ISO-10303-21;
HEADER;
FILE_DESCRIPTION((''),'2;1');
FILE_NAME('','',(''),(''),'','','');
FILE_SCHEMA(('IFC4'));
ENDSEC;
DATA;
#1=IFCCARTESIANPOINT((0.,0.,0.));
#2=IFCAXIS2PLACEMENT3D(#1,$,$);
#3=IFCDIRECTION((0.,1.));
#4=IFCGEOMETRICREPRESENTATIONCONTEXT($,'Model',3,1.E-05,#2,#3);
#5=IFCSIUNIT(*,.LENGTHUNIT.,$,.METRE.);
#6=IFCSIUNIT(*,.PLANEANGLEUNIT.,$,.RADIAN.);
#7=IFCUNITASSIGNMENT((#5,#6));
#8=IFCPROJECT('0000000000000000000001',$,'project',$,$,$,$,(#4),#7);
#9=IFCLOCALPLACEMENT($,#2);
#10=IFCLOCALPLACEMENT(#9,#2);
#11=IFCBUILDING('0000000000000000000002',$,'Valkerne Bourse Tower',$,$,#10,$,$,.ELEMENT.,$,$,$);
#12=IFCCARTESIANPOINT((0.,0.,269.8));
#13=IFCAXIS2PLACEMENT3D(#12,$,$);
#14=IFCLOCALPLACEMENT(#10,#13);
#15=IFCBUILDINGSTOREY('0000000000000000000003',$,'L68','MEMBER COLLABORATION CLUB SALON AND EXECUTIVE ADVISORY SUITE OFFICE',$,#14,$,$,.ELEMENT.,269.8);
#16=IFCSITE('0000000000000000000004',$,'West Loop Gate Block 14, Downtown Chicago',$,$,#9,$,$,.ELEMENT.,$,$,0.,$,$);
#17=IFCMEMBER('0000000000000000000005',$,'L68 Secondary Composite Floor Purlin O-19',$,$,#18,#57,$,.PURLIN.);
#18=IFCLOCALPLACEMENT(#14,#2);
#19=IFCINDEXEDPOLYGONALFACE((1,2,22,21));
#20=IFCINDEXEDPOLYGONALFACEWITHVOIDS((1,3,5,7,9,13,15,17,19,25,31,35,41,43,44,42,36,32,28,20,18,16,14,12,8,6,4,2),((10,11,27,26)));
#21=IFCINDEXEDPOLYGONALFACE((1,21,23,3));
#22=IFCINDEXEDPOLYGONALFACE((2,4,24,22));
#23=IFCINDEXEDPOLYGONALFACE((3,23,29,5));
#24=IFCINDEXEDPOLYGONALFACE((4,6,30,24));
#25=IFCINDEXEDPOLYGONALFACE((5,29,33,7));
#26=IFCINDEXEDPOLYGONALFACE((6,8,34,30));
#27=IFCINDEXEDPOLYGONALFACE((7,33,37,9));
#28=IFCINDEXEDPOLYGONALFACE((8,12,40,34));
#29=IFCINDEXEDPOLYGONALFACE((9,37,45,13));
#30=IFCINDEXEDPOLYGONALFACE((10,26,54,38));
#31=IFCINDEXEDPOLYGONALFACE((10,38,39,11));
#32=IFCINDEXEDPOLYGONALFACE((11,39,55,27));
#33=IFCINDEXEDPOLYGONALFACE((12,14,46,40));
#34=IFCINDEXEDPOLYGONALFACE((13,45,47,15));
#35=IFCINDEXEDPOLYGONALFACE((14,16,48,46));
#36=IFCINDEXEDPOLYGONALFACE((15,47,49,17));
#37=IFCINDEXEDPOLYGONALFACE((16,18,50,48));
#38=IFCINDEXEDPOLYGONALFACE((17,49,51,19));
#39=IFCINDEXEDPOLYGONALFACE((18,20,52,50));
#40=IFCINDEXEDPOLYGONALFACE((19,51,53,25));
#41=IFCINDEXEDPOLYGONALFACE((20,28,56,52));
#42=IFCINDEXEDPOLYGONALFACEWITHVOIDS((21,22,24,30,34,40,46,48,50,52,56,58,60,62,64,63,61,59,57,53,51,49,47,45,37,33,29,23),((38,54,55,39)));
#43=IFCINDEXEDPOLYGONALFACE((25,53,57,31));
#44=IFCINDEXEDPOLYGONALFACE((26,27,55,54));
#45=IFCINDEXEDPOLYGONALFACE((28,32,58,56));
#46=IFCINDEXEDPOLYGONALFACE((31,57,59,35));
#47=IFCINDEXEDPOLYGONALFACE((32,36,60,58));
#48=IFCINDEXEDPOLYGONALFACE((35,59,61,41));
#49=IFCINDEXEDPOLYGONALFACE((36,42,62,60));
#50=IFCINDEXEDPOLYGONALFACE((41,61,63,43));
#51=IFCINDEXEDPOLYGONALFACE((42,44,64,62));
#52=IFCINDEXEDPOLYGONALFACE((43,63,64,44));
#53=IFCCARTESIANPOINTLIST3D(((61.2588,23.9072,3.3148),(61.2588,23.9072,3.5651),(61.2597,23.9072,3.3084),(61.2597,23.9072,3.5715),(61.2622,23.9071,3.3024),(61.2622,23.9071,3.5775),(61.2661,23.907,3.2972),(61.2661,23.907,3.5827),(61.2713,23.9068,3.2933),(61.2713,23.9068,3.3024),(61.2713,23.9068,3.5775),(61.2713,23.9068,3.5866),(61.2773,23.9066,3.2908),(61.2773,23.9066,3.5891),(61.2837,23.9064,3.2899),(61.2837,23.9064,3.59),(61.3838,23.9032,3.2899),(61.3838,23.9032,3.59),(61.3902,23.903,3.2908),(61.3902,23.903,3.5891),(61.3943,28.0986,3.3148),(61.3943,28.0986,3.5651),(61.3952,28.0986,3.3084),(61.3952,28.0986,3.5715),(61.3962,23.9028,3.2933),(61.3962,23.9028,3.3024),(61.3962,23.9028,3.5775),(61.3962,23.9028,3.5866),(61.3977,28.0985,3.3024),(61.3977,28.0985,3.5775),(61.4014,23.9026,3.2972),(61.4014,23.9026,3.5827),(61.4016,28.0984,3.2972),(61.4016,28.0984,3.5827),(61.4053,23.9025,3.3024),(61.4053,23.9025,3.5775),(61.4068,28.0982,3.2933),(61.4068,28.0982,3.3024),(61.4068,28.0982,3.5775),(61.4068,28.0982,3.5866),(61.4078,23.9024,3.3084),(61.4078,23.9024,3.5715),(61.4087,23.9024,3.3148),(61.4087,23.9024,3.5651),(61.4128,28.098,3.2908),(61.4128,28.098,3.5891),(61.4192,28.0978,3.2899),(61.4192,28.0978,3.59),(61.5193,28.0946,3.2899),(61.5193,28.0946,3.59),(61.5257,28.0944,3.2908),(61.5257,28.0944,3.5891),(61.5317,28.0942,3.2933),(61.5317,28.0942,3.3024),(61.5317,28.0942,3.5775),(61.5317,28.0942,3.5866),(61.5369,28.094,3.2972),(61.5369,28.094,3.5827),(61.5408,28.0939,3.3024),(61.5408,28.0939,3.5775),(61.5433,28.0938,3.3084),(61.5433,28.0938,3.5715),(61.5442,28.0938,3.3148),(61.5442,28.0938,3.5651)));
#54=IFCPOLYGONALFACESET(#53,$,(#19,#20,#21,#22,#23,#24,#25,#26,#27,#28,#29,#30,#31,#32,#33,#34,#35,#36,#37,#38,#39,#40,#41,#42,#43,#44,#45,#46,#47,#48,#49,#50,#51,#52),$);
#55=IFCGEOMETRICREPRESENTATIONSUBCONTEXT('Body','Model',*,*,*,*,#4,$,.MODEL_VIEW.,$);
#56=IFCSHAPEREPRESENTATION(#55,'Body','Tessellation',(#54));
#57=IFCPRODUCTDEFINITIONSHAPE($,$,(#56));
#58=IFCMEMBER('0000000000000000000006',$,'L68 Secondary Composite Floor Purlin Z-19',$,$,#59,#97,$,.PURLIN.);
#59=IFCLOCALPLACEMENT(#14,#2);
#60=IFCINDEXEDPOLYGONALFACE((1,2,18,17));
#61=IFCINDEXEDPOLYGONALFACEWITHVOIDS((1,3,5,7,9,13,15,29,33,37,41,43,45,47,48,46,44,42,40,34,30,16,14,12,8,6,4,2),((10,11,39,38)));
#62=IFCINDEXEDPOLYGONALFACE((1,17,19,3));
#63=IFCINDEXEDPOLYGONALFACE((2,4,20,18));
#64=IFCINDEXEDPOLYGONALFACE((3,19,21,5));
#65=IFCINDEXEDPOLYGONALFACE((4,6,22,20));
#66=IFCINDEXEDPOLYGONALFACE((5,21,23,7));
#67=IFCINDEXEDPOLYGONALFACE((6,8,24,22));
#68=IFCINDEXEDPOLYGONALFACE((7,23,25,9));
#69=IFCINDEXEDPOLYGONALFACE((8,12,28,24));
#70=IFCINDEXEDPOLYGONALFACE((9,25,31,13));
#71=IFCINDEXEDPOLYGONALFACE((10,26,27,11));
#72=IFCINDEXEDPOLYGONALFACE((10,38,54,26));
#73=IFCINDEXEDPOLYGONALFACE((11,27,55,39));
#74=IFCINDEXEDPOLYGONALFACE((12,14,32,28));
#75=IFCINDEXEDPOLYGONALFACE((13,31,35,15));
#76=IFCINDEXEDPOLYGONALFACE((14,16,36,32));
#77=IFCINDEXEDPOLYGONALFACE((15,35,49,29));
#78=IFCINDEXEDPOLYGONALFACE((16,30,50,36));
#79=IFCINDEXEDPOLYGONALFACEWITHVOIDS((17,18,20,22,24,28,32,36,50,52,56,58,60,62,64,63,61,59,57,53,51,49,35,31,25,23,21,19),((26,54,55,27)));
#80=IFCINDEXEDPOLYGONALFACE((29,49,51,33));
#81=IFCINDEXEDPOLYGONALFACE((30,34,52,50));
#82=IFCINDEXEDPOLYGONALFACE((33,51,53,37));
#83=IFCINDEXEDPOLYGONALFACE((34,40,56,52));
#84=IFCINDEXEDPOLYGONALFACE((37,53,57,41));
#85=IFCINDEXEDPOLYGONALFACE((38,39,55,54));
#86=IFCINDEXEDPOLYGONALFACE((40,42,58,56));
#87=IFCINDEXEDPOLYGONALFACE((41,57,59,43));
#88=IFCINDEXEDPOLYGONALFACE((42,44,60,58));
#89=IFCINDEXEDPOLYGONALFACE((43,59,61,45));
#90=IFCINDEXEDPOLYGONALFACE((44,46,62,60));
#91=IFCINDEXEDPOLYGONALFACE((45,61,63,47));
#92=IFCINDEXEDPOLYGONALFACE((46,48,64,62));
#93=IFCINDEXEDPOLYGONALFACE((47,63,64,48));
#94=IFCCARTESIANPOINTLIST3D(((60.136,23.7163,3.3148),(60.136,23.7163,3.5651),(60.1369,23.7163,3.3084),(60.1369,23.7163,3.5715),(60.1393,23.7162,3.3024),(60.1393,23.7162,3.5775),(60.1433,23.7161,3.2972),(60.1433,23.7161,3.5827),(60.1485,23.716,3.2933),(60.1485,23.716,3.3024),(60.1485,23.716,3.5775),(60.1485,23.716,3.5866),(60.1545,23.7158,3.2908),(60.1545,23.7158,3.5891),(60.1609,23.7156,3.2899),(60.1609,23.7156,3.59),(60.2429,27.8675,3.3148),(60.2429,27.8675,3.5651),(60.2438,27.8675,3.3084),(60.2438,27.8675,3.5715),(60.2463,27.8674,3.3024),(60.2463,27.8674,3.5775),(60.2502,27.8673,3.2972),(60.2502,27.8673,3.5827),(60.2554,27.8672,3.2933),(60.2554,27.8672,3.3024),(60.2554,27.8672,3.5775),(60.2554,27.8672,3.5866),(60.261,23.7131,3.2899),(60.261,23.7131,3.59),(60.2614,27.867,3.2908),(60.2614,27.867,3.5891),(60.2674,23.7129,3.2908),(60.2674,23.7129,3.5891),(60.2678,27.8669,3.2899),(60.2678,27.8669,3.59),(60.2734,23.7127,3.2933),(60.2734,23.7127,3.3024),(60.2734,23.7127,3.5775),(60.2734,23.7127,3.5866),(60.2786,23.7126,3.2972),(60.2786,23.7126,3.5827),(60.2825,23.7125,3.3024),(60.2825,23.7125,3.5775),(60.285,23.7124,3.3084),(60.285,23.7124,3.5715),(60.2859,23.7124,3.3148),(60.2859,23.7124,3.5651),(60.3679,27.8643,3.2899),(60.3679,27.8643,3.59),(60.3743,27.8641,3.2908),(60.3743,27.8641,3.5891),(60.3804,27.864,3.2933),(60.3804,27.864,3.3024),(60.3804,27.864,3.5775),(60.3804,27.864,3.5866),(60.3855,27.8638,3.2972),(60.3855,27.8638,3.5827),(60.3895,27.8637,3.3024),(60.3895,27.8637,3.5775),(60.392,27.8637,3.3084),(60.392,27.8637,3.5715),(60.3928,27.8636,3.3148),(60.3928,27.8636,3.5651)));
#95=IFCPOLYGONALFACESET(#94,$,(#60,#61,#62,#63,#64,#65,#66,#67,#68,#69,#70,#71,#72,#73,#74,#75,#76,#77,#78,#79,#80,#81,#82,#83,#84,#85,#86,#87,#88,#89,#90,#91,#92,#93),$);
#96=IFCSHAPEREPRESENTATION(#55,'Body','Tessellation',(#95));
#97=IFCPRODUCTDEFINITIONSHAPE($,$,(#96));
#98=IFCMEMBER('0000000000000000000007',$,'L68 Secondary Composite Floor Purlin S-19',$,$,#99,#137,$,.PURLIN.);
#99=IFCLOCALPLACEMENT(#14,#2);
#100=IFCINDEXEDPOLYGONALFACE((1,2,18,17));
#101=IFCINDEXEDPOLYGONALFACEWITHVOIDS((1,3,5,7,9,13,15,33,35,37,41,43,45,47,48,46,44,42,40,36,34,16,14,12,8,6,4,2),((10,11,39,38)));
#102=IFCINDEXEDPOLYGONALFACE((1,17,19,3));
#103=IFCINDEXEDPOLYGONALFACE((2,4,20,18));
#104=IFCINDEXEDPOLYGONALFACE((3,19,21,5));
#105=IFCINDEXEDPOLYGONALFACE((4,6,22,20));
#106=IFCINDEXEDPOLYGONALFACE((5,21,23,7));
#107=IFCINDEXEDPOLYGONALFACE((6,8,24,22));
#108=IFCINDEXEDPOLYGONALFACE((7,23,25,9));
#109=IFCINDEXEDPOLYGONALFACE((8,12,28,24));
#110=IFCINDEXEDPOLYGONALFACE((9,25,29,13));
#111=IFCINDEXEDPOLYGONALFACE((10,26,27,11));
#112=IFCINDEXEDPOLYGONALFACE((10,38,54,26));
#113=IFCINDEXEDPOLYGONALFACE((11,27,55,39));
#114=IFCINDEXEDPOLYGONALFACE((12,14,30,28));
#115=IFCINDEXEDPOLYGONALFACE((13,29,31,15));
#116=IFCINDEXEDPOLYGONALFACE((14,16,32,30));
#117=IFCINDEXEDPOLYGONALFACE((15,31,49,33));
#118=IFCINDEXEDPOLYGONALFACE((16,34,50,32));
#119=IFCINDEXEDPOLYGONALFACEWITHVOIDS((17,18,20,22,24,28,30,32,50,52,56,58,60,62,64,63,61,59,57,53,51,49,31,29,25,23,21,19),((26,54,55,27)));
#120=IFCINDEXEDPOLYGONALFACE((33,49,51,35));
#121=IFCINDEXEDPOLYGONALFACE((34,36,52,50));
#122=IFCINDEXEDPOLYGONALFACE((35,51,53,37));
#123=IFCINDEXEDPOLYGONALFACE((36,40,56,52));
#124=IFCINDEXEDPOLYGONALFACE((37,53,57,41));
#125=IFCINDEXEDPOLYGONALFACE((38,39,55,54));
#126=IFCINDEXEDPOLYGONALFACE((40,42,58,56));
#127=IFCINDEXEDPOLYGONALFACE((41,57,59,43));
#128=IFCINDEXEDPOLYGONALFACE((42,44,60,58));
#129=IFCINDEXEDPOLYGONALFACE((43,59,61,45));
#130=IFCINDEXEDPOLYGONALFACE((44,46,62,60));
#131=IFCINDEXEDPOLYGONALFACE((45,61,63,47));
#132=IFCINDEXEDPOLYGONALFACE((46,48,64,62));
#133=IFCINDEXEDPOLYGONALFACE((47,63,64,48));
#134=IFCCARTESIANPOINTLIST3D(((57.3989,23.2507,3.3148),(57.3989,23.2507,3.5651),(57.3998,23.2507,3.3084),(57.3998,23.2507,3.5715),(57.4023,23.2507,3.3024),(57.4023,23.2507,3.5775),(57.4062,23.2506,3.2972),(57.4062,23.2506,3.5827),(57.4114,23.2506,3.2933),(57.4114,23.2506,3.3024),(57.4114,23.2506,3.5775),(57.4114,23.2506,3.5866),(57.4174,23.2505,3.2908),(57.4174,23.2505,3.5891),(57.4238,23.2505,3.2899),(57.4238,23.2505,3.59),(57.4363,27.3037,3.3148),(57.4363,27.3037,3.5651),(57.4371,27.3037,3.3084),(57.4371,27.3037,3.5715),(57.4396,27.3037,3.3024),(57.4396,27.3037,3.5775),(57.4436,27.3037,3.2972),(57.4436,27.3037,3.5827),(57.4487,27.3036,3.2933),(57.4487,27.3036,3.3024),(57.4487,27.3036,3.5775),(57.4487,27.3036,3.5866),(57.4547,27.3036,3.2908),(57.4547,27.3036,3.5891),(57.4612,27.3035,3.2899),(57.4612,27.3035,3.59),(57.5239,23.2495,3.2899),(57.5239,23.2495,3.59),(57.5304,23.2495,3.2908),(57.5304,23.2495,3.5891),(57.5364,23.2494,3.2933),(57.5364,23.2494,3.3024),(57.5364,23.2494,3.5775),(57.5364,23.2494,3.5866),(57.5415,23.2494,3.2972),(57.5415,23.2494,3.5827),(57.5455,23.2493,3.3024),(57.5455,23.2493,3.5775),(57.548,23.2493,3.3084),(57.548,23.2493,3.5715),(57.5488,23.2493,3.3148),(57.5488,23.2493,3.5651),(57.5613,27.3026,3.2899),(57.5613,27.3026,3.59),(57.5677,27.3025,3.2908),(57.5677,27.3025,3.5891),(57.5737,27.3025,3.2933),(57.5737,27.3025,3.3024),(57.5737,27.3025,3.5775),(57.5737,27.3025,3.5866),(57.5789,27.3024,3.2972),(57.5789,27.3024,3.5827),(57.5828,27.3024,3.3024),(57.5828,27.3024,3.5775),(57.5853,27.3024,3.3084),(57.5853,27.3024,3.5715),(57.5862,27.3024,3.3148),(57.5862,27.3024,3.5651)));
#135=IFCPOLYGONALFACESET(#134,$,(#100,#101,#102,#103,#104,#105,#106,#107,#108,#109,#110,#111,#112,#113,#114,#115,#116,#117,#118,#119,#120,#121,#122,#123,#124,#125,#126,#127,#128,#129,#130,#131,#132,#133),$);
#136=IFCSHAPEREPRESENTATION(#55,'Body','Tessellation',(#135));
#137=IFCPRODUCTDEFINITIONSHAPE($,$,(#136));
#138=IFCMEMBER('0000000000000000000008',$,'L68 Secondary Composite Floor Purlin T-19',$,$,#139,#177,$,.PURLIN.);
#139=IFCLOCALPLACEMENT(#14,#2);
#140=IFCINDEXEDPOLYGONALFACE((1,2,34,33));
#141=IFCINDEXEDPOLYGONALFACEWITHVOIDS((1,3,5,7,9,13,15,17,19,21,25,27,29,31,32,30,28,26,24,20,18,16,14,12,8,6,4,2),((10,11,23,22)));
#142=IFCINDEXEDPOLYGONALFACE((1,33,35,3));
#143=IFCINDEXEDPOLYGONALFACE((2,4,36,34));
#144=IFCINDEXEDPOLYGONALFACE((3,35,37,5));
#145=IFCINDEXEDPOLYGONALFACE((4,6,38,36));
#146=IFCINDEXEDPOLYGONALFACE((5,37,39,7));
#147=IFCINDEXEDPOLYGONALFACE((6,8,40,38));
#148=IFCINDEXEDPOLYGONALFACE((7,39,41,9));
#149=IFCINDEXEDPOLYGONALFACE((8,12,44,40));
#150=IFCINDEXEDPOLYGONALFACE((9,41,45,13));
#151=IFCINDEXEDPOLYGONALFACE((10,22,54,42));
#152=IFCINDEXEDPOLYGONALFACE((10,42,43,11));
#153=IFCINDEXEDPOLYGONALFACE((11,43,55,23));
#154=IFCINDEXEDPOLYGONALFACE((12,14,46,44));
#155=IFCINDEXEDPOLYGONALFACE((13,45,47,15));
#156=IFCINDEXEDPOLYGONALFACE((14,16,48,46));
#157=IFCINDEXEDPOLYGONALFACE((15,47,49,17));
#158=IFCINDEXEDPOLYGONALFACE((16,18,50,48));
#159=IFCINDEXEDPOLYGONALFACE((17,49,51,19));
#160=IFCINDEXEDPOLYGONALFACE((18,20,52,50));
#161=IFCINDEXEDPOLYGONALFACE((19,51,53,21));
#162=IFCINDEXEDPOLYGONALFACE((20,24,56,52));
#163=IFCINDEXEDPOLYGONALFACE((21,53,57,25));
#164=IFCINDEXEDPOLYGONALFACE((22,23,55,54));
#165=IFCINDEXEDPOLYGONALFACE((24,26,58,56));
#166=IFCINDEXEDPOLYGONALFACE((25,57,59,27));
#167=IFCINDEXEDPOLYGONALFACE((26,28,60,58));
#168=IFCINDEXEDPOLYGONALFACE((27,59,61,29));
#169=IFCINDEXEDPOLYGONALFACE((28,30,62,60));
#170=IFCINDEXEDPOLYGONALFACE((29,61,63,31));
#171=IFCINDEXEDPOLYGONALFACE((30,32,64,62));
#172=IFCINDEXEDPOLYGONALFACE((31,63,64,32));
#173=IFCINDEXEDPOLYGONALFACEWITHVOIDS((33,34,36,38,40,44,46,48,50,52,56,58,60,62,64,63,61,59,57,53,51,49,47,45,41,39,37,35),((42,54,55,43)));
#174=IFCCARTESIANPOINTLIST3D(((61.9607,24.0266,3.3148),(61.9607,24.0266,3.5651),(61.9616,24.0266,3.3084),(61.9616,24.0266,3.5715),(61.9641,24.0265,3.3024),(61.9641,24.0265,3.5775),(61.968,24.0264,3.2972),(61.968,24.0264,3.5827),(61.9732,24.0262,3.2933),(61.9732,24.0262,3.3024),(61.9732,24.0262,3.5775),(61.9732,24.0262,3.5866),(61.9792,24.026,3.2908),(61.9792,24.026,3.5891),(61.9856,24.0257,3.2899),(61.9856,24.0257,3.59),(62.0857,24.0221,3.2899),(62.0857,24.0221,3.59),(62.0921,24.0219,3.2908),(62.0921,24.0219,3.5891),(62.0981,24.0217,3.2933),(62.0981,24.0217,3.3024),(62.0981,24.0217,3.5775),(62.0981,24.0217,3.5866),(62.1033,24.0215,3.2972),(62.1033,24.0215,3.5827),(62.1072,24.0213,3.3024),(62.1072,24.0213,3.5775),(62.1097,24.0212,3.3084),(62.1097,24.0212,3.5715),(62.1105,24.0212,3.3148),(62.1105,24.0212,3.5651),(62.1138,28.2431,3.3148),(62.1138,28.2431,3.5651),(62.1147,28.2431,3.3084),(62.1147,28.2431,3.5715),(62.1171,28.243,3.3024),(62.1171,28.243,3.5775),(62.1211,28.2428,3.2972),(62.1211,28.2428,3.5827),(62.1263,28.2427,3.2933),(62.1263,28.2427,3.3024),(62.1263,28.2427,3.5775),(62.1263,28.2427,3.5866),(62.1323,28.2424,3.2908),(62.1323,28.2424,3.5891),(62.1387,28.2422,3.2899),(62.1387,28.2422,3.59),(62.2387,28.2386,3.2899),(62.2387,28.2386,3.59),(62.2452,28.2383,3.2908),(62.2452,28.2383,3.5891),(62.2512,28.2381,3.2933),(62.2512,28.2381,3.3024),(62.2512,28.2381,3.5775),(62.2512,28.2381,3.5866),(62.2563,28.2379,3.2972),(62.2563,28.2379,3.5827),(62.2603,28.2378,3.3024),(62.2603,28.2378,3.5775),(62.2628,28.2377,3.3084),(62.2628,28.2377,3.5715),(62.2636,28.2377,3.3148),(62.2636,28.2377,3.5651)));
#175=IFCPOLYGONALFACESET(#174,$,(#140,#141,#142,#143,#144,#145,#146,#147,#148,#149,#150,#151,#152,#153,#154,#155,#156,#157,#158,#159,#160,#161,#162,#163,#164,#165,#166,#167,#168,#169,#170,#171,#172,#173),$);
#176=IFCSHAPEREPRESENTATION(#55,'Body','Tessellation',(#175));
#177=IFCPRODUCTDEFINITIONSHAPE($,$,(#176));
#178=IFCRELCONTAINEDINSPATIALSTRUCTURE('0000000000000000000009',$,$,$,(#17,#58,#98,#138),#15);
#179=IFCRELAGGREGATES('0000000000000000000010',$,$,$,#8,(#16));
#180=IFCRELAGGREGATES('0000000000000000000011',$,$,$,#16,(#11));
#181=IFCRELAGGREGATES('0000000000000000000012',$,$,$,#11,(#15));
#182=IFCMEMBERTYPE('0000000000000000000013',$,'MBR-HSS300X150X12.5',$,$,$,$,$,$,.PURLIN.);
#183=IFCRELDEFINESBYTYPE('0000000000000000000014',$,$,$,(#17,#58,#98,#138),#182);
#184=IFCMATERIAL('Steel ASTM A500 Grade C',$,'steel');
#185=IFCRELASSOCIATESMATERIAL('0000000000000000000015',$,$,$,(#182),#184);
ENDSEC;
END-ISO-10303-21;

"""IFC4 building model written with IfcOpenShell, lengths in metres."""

from ifc_helpers import new_model, si_unit, direction, frame, origin, origin_2d, place, context, subcontext, project, spatial, hollow_rectangle, extrude, material, material_profile, profile_set, type_object, element, save


model = new_model("IFC4")

# Units and contexts
model_context = context("Model", 3, precision=1e-05, world=origin(), true_north=direction((0.0, 1.0)))
body_context = subcontext(model_context, "Body", "Model", "MODEL_VIEW")
ifc_project = project(units=[si_unit("LENGTHUNIT", "METRE"), si_unit("PLANEANGLEUNIT", "RADIAN")], contexts=[model_context])

# Site, building, storey
site_placement = place(None, origin())
site = spatial("IfcSite", under=ifc_project, at=site_placement, Name="West Loop Gate Block 14, Downtown Chicago", CompositionType="ELEMENT", RefElevation=0.0)
building_placement = place(site_placement, origin())
building = spatial("IfcBuilding", under=site, at=building_placement, Name="Valkerne Bourse Tower", CompositionType="ELEMENT")
storey_placement = place(building_placement, frame((0.0, 0.0, 269.8)))
storey = spatial("IfcBuildingStorey", under=building, at=storey_placement, Name="L68", Description="MEMBER COLLABORATION CLUB SALON AND EXECUTIVE ADVISORY SUITE OFFICE", CompositionType="ELEMENT", Elevation=269.8)

# Shared definitions
ifc_material_1 = material(Name="Steel ASTM A500 Grade C", Category="steel")

# Members
ifc_material_profile_1 = material_profile(ifc_material_1, hollow_rectangle(XDim=0.1499, YDim=0.3, WallThickness=0.0125, OuterFilletRadius=0.0249, at=origin_2d()), Name="HSS300X150X12.5")
ifc_profile_set_1 = profile_set([ifc_material_profile_1], Name="Steel ASTM A500 Grade C")
member_type_1 = type_object("IfcMemberType", Name="MBR-HSS300X150X12.5", PredefinedType="PURLIN", material=ifc_profile_set_1)
member_1_placement = place(storey_placement, frame((61.3337, 23.9048, 3.4399), z_axis=(0.032311, 0.999478, 0.0), x_axis=(-0.999478, 0.032311, 0.0)))
element("IfcMember", 1, at=member_1_placement, inside=storey, type_object=member_type_1, Name="L68 Secondary Composite Floor Purlin O-19", PredefinedType="PURLIN", context=body_context, shape_type="SweptSolid", body=[
    extrude(hollow_rectangle(XDim=0.1499, YDim=0.3, WallThickness=0.0125, OuterFilletRadius=0.0249, at=origin_2d()), origin(), (0.0, 0.0, 1.0), 4.1936),
])
member_2_placement = place(storey_placement, frame((60.2109, 23.7144, 3.4399), z_axis=(0.025752, 0.999668, 0.0), x_axis=(-0.999668, 0.025752, 0.0)))
element("IfcMember", 2, at=member_2_placement, inside=storey, type_object=member_type_1, Name="L68 Secondary Composite Floor Purlin Z-19", PredefinedType="PURLIN", context=body_context, shape_type="SweptSolid", body=[
    extrude(hollow_rectangle(XDim=0.1499, YDim=0.3, WallThickness=0.0125, OuterFilletRadius=0.0249, at=origin_2d()), origin(), (0.0, 0.0, 1.0), 4.1526),
])
member_3_placement = place(storey_placement, frame((57.4739, 23.25, 3.4399), z_axis=(0.009216, 0.999958, 0.0), x_axis=(-0.999958, 0.009216, 0.0)))
element("IfcMember", 3, at=member_3_placement, inside=storey, type_object=member_type_1, Name="L68 Secondary Composite Floor Purlin S-19", PredefinedType="PURLIN", context=body_context, shape_type="SweptSolid", body=[
    extrude(hollow_rectangle(XDim=0.1499, YDim=0.3, WallThickness=0.0125, OuterFilletRadius=0.0249, at=origin_2d()), origin(), (0.0, 0.0, 1.0), 4.0532),
])
member_4_placement = place(storey_placement, frame((62.0356, 24.0239, 3.4399), z_axis=(0.03628, 0.999342, 0.0), x_axis=(-0.999342, 0.03628, 0.0)))
element("IfcMember", 4, at=member_4_placement, inside=storey, type_object=member_type_1, Name="L68 Secondary Composite Floor Purlin T-19", PredefinedType="PURLIN", context=body_context, shape_type="SweptSolid", body=[
    extrude(hollow_rectangle(XDim=0.1499, YDim=0.3, WallThickness=0.0125, OuterFilletRadius=0.0249, at=origin_2d()), origin(), (0.0, 0.0, 1.0), 4.2192),
])

save(model, "model.ifc")
